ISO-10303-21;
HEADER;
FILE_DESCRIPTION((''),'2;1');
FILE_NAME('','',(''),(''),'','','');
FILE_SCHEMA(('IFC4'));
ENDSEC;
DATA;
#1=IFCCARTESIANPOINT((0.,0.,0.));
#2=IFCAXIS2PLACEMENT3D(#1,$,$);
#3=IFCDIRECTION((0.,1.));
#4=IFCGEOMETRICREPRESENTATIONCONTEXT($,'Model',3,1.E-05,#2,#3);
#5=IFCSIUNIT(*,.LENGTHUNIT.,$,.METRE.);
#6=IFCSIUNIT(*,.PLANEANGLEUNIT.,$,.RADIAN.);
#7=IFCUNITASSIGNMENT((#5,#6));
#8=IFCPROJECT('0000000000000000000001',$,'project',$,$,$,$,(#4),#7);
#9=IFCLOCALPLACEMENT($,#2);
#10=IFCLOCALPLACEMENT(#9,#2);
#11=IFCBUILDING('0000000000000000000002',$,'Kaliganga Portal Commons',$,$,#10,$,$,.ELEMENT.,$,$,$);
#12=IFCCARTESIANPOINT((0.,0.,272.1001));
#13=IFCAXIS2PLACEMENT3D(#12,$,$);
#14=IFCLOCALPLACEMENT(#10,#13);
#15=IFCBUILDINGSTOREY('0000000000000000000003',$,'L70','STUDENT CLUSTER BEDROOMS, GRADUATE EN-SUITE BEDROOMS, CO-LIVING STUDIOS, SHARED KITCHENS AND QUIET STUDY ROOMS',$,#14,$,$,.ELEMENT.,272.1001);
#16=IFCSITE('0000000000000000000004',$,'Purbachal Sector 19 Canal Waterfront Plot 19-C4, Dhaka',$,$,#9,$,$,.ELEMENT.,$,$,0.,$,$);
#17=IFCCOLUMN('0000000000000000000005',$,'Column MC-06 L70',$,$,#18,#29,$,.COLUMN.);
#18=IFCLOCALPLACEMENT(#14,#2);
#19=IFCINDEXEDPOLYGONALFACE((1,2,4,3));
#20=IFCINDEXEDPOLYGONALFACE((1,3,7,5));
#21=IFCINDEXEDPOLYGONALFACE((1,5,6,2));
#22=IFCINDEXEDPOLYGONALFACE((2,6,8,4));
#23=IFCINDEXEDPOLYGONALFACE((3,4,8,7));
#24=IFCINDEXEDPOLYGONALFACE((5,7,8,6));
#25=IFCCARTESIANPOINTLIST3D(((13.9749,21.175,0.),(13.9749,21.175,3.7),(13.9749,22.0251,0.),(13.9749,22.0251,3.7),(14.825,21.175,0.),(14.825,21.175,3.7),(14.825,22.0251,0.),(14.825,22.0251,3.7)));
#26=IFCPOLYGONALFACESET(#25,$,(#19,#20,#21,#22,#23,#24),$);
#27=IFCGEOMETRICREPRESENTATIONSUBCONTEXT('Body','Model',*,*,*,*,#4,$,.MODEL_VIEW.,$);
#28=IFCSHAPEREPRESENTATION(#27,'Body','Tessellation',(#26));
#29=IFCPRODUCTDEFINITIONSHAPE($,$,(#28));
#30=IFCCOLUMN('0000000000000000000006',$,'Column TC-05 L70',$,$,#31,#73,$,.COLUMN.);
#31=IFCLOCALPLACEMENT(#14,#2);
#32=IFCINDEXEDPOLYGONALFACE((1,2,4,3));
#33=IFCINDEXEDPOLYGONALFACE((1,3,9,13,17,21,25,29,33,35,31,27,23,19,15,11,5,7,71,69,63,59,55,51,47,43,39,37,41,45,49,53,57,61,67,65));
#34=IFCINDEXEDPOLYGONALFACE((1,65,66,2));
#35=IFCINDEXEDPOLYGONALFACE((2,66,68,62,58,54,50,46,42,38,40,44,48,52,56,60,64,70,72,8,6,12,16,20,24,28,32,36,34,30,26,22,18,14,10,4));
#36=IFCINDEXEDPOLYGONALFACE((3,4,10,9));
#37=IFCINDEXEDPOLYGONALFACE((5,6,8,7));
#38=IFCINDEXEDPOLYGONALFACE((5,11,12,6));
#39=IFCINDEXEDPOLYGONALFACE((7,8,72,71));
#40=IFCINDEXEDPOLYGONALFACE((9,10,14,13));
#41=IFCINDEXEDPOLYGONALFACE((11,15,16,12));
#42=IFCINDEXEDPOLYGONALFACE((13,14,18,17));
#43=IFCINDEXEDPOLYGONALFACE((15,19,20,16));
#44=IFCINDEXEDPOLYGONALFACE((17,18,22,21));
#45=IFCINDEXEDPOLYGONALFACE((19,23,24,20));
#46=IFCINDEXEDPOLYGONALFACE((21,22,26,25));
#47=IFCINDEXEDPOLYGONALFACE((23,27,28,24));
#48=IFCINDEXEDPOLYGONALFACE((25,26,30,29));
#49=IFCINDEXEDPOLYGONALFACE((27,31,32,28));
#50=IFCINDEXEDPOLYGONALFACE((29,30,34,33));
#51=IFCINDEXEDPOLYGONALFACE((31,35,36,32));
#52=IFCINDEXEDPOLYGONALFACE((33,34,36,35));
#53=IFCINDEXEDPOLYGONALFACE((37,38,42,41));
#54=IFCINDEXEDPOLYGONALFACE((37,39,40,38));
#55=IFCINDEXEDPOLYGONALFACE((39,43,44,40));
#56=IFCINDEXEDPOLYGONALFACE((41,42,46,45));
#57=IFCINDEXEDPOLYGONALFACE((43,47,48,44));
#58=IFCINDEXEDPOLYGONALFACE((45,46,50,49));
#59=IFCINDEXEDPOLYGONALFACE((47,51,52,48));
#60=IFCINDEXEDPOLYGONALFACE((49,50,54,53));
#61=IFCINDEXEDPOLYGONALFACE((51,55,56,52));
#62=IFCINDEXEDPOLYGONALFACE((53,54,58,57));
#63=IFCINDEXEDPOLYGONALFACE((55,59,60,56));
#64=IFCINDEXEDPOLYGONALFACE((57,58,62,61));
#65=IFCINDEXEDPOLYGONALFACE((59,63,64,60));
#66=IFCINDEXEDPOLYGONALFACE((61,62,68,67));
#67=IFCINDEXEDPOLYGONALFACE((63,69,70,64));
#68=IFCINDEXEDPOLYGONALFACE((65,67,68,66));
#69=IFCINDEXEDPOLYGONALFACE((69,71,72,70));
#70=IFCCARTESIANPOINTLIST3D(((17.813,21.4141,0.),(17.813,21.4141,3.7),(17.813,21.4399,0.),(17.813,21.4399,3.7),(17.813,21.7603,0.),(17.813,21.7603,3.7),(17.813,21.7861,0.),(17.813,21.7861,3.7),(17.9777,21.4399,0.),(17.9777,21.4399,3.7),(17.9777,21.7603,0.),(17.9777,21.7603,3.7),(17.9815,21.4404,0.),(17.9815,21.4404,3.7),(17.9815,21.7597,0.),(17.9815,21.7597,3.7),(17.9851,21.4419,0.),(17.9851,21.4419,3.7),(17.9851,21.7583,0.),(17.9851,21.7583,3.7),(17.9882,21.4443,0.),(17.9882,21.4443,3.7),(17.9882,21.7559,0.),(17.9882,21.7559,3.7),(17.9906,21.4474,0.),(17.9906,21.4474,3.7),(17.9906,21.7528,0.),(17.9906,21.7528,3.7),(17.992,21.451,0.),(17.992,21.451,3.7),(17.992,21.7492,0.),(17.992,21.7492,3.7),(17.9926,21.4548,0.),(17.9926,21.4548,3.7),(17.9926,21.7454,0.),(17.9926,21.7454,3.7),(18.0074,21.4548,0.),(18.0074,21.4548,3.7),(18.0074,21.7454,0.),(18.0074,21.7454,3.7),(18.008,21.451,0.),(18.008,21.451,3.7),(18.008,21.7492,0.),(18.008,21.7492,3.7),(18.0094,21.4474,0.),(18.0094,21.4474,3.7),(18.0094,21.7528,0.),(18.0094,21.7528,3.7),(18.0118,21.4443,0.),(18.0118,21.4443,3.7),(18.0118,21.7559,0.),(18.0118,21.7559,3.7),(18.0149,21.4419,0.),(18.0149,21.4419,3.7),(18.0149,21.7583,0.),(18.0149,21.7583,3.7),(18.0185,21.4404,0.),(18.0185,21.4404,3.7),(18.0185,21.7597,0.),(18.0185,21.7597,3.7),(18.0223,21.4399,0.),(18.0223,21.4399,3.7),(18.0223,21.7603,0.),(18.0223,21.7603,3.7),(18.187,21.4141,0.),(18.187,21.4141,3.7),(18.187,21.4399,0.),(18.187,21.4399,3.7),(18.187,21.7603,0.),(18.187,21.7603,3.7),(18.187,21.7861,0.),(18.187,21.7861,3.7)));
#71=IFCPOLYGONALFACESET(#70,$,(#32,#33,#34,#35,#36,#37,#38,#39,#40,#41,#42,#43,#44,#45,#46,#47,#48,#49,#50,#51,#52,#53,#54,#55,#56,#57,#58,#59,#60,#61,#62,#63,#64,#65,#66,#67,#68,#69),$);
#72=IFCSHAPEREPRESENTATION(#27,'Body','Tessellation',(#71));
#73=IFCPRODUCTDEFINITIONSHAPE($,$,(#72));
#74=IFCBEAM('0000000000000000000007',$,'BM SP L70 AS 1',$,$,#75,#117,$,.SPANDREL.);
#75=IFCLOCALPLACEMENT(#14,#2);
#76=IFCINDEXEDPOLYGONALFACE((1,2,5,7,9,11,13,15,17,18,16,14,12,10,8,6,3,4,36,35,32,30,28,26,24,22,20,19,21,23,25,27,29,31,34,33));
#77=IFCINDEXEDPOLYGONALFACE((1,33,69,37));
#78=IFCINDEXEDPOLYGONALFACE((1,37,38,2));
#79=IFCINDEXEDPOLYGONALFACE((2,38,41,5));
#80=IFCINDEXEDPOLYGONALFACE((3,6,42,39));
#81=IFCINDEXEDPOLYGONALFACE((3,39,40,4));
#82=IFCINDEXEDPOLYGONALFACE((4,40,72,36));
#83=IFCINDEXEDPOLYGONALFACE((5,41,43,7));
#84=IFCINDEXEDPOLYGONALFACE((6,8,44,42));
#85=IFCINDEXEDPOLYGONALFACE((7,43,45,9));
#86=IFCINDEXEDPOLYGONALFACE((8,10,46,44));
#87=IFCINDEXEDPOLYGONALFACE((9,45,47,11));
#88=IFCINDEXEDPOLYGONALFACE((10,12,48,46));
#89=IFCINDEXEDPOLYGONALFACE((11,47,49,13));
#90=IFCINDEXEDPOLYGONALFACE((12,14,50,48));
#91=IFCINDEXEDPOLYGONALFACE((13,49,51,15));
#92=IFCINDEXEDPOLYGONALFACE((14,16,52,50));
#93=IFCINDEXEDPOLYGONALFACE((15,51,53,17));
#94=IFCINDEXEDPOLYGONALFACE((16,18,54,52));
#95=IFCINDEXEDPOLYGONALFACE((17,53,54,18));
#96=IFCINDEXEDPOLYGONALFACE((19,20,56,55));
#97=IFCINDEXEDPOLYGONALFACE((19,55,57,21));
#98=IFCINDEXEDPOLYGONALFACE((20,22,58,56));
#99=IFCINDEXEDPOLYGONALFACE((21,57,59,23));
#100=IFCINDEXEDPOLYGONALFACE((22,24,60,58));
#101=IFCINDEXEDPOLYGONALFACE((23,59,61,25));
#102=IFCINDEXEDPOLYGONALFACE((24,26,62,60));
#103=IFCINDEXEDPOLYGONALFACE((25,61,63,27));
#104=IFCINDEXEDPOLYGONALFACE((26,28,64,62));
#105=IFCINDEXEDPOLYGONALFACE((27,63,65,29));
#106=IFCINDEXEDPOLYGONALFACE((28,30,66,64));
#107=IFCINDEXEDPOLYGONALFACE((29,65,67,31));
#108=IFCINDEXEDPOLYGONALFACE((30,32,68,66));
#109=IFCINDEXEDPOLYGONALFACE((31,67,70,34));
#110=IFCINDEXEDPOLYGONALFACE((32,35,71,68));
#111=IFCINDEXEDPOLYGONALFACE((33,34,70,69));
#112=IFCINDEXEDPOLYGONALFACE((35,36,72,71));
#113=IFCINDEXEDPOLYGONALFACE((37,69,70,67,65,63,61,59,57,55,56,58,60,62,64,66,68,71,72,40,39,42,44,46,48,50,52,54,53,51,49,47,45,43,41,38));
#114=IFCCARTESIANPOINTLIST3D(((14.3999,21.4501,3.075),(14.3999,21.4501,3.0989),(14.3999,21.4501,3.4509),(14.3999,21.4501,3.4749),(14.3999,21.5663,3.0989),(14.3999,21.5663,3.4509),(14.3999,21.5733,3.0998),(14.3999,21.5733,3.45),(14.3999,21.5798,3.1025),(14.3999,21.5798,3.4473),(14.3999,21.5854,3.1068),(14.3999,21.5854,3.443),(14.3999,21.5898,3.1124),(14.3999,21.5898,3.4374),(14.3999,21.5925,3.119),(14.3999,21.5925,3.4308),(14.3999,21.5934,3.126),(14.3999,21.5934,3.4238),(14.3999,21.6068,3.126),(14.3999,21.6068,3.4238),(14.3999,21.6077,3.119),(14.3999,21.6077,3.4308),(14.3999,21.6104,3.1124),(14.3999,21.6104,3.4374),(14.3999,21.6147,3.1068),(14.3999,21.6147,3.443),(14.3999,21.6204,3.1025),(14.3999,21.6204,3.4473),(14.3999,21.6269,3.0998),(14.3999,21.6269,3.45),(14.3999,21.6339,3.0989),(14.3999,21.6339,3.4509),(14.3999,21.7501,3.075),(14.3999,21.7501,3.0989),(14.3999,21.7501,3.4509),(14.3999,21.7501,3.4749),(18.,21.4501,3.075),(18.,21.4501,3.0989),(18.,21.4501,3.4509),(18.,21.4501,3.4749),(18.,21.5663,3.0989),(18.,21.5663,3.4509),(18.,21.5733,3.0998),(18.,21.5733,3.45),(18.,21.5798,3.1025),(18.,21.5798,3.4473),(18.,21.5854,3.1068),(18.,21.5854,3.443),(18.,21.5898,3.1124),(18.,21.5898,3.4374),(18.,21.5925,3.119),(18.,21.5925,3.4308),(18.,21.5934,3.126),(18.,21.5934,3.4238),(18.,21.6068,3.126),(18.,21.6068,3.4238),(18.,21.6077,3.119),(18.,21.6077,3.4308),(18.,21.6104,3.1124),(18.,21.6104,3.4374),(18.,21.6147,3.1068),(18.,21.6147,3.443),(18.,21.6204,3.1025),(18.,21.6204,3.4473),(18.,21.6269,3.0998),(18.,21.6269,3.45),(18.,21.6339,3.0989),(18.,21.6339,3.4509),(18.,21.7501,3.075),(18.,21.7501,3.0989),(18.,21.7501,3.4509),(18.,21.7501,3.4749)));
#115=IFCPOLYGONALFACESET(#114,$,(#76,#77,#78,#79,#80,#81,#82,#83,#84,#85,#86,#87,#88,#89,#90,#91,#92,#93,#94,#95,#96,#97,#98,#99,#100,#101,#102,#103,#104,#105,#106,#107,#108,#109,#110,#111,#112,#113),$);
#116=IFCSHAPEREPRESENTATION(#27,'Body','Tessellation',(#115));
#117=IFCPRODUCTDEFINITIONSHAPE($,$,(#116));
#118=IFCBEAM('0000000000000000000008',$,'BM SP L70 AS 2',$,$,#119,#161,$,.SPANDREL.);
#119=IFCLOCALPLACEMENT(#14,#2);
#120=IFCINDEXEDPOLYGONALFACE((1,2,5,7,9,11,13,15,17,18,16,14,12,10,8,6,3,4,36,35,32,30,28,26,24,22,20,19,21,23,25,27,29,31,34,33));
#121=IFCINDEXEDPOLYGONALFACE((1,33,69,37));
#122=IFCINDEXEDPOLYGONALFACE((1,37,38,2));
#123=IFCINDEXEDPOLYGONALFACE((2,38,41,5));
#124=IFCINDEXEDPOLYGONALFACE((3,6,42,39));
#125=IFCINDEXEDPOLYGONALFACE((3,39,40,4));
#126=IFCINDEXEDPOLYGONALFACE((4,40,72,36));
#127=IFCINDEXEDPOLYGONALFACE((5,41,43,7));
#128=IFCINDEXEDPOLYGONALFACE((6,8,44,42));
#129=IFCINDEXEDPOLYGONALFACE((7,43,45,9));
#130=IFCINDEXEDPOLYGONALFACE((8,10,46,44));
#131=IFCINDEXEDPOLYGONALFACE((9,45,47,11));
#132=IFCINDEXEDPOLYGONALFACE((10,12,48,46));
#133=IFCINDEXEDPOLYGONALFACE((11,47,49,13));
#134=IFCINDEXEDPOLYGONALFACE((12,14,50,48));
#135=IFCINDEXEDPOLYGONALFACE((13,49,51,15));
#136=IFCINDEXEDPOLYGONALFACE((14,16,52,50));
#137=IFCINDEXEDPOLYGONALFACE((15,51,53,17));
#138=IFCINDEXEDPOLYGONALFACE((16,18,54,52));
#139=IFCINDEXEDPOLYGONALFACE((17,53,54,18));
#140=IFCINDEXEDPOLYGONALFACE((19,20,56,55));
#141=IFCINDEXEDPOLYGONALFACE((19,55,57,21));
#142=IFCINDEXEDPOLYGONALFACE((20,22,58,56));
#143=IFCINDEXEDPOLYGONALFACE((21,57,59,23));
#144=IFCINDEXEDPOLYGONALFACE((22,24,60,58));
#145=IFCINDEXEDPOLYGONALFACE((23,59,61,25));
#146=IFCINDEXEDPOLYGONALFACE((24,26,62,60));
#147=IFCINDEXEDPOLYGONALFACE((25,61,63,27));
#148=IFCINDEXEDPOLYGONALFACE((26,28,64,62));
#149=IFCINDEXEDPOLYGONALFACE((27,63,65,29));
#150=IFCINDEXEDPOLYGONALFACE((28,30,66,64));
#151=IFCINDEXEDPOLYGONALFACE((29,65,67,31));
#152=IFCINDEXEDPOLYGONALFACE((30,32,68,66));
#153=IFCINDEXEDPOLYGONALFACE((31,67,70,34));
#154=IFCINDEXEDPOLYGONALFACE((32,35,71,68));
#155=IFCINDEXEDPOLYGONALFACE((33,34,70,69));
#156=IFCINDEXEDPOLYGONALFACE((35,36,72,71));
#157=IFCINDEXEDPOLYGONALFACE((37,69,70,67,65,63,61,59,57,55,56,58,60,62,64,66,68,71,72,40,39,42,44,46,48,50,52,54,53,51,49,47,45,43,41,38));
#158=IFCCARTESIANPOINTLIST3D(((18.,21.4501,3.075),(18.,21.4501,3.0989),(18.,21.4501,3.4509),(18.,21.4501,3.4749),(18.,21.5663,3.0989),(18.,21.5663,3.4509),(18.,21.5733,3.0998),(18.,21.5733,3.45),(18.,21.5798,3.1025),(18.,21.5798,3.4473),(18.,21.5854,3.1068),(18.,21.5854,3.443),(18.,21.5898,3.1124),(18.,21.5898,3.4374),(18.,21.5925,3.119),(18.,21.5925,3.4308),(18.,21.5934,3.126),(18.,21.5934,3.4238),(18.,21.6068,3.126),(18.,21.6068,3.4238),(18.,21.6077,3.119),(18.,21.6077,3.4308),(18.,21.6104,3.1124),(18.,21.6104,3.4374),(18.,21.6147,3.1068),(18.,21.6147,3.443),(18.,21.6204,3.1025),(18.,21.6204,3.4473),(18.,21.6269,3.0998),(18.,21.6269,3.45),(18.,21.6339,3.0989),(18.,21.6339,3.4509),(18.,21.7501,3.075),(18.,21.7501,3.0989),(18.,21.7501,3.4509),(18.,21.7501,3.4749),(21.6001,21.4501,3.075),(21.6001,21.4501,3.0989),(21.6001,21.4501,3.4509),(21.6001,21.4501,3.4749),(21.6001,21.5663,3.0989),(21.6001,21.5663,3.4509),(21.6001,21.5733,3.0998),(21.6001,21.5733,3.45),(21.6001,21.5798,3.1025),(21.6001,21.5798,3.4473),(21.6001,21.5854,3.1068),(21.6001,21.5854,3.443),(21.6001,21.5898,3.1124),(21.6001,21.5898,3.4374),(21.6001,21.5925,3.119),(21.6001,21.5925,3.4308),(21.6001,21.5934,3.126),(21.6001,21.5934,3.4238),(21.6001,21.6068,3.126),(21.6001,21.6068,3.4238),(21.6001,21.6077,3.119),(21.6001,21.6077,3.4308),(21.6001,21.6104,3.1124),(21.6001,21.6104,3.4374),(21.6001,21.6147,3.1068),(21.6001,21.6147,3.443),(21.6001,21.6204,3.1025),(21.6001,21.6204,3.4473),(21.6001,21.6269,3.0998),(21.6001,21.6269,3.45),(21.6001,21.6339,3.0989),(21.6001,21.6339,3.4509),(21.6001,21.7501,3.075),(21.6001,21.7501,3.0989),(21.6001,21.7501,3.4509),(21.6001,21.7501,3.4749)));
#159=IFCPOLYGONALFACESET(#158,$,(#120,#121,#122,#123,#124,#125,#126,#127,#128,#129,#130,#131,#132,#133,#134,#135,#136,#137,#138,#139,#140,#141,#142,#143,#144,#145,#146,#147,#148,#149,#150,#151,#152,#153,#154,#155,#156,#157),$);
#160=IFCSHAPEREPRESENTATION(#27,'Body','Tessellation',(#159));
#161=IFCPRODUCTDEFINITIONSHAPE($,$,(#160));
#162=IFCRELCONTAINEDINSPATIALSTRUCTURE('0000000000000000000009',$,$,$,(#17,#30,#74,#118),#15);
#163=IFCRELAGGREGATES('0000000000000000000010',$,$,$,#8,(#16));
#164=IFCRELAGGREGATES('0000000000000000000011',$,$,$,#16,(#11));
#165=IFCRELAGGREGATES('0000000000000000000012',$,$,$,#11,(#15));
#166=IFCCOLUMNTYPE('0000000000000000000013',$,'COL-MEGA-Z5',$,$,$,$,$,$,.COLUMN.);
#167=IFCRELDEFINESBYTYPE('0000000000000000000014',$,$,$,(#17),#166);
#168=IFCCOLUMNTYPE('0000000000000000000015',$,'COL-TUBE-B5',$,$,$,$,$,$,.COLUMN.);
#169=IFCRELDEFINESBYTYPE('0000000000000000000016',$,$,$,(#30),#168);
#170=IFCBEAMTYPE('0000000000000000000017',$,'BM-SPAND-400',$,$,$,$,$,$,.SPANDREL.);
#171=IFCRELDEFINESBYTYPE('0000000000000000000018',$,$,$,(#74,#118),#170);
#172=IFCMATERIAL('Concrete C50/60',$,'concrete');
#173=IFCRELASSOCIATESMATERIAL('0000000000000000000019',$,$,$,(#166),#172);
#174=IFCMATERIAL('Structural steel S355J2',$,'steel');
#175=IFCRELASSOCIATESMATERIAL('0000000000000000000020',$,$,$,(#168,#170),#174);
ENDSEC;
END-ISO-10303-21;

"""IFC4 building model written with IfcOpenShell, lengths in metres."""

from ifc_helpers import new_model, si_unit, direction, frame, origin, origin_2d, place, context, subcontext, project, spatial, rectangle, i_section, extrude, source, transform, mapped, material, material_profile, profile_set, type_object, element, save


model = new_model("IFC4")

# Units and contexts
model_context = context("Model", 3, precision=1e-05, world=origin(), true_north=direction((0.0, 1.0)))
body_context = subcontext(model_context, "Body", "Model", "MODEL_VIEW")
ifc_project = project(units=[si_unit("LENGTHUNIT", "METRE"), si_unit("PLANEANGLEUNIT", "RADIAN")], contexts=[model_context])

# Site, building, storey
site_placement = place(None, origin())
site = spatial("IfcSite", under=ifc_project, at=site_placement, Name="Purbachal Sector 19 Canal Waterfront Plot 19-C4, Dhaka", CompositionType="ELEMENT", RefElevation=0.0)
building_placement = place(site_placement, origin())
building = spatial("IfcBuilding", under=site, at=building_placement, Name="Kaliganga Portal Commons", CompositionType="ELEMENT")
storey_placement = place(building_placement, frame((0.0, 0.0, 272.1001)))
storey = spatial("IfcBuildingStorey", under=building, at=storey_placement, Name="L70", Description="STUDENT CLUSTER BEDROOMS, GRADUATE EN-SUITE BEDROOMS, CO-LIVING STUDIOS, SHARED KITCHENS AND QUIET STUDY ROOMS", CompositionType="ELEMENT", Elevation=272.1001)

# Columns
ifc_material_1 = material(Name="Concrete C50/60", Category="concrete")
ifc_material_profile_1 = material_profile(ifc_material_1, rectangle(XDim=0.8501, YDim=0.8501, at=origin_2d()), Name="RC 850x850")
ifc_profile_set_1 = profile_set([ifc_material_profile_1], Name="Concrete C50/60")
column_type_1 = type_object("IfcColumnType", Name="COL-MEGA-Z5", PredefinedType="COLUMN", material=ifc_profile_set_1)
shared_shape_1 = source(origin(), body_context, "Body", "SweptSolid", [
    extrude(rectangle(XDim=0.8501, YDim=0.8501, at=origin_2d()), origin(), (0.0, 0.0, 1.0), 3.7),
])
column_1_placement = place(storey_placement, frame((14.3999, 21.6001, 0.0), z_axis=(0.0, 0.0, 1.0), x_axis=(1.0, 0.0, 0.0)))
element("IfcColumn", 1, at=column_1_placement, inside=storey, type_object=column_type_1, Name="Column MC-06 L70", PredefinedType="COLUMN", context=body_context, shape_type="MappedRepresentation", body=[
    mapped(shared_shape_1, transform((0.0, 0.0, 0.0), x_axis=(1.0, 0.0, 0.0), y_axis=(0.0, 1.0, 0.0), z_axis=(0.0, 0.0, 1.0), scale=1.0)),
])
ifc_material_2 = material(Name="Structural steel S355J2", Category="steel")
ifc_material_profile_2 = material_profile(ifc_material_2, i_section(OverallWidth=0.374, OverallDepth=0.3721, WebThickness=0.0149, FlangeThickness=0.0259, FilletRadius=0.0149, at=origin_2d()), Name="HD 360x196")
ifc_profile_set_2 = profile_set([ifc_material_profile_2], Name="Structural steel S355J2 wide-flange")
column_type_2 = type_object("IfcColumnType", Name="COL-TUBE-B5", PredefinedType="COLUMN", material=ifc_profile_set_2)
shared_shape_2 = source(origin(), body_context, "Body", "SweptSolid", [
    extrude(i_section(OverallWidth=0.374, OverallDepth=0.3721, WebThickness=0.0149, FlangeThickness=0.0259, FilletRadius=0.0149, at=origin_2d()), origin(), (0.0, 0.0, 1.0), 3.7),
])
column_2_placement = place(storey_placement, frame((18.0, 21.6001, 0.0), z_axis=(0.0, 0.0, 1.0), x_axis=(1.0, 0.0, 0.0)))
element("IfcColumn", 2, at=column_2_placement, inside=storey, type_object=column_type_2, Name="Column TC-05 L70", PredefinedType="COLUMN", context=body_context, shape_type="MappedRepresentation", body=[
    mapped(shared_shape_2, transform((0.0, 0.0, 0.0), x_axis=(1.0, 0.0, 0.0), y_axis=(0.0, 1.0, 0.0), z_axis=(0.0, 0.0, 1.0), scale=1.0)),
])

# Beams
ifc_material_profile_3 = material_profile(ifc_material_2, i_section(OverallWidth=0.3, OverallDepth=0.3999, WebThickness=0.0134, FlangeThickness=0.0239, FilletRadius=0.0271, at=origin_2d()), Name="HE 400 B")
ifc_profile_set_3 = profile_set([ifc_material_profile_3], Name="Structural steel S355J2 wide-flange")
beam_type_1 = type_object("IfcBeamType", Name="BM-SPAND-400", PredefinedType="SPANDREL", material=ifc_profile_set_3)
shared_shape_3 = source(origin(), body_context, "Body", "SweptSolid", [
    extrude(i_section(OverallWidth=0.3, OverallDepth=0.3999, WebThickness=0.0134, FlangeThickness=0.0239, FilletRadius=0.0271, at=origin_2d()), origin(), (0.0, 0.0, 1.0), 3.6001),
])
for number, where, z_axis, x_axis, name in (
    (3, (14.3999, 21.6001, 3.2749), (1.0, 0.0, 0.0), (0.0, 1.0, 0.0), "BM SP L70 AS 1"),
    (4, (18.0, 21.6001, 3.2749), (1.0, 0.0, 0.0), (0.0, 1.0, 0.0), "BM SP L70 AS 2"),
):
    element("IfcBeam", number, at=place(storey_placement, frame(where, z_axis=z_axis, x_axis=x_axis)), inside=storey, type_object=beam_type_1, Name=name, PredefinedType="SPANDREL", context=body_context, shape_type="MappedRepresentation", body=[
        mapped(shared_shape_3, transform((0.0, 0.0, 0.0), x_axis=(1.0, 0.0, 0.0), y_axis=(0.0, 1.0, 0.0), z_axis=(0.0, 0.0, 1.0), scale=1.0)),
    ])

save(model, "model.ifc")
